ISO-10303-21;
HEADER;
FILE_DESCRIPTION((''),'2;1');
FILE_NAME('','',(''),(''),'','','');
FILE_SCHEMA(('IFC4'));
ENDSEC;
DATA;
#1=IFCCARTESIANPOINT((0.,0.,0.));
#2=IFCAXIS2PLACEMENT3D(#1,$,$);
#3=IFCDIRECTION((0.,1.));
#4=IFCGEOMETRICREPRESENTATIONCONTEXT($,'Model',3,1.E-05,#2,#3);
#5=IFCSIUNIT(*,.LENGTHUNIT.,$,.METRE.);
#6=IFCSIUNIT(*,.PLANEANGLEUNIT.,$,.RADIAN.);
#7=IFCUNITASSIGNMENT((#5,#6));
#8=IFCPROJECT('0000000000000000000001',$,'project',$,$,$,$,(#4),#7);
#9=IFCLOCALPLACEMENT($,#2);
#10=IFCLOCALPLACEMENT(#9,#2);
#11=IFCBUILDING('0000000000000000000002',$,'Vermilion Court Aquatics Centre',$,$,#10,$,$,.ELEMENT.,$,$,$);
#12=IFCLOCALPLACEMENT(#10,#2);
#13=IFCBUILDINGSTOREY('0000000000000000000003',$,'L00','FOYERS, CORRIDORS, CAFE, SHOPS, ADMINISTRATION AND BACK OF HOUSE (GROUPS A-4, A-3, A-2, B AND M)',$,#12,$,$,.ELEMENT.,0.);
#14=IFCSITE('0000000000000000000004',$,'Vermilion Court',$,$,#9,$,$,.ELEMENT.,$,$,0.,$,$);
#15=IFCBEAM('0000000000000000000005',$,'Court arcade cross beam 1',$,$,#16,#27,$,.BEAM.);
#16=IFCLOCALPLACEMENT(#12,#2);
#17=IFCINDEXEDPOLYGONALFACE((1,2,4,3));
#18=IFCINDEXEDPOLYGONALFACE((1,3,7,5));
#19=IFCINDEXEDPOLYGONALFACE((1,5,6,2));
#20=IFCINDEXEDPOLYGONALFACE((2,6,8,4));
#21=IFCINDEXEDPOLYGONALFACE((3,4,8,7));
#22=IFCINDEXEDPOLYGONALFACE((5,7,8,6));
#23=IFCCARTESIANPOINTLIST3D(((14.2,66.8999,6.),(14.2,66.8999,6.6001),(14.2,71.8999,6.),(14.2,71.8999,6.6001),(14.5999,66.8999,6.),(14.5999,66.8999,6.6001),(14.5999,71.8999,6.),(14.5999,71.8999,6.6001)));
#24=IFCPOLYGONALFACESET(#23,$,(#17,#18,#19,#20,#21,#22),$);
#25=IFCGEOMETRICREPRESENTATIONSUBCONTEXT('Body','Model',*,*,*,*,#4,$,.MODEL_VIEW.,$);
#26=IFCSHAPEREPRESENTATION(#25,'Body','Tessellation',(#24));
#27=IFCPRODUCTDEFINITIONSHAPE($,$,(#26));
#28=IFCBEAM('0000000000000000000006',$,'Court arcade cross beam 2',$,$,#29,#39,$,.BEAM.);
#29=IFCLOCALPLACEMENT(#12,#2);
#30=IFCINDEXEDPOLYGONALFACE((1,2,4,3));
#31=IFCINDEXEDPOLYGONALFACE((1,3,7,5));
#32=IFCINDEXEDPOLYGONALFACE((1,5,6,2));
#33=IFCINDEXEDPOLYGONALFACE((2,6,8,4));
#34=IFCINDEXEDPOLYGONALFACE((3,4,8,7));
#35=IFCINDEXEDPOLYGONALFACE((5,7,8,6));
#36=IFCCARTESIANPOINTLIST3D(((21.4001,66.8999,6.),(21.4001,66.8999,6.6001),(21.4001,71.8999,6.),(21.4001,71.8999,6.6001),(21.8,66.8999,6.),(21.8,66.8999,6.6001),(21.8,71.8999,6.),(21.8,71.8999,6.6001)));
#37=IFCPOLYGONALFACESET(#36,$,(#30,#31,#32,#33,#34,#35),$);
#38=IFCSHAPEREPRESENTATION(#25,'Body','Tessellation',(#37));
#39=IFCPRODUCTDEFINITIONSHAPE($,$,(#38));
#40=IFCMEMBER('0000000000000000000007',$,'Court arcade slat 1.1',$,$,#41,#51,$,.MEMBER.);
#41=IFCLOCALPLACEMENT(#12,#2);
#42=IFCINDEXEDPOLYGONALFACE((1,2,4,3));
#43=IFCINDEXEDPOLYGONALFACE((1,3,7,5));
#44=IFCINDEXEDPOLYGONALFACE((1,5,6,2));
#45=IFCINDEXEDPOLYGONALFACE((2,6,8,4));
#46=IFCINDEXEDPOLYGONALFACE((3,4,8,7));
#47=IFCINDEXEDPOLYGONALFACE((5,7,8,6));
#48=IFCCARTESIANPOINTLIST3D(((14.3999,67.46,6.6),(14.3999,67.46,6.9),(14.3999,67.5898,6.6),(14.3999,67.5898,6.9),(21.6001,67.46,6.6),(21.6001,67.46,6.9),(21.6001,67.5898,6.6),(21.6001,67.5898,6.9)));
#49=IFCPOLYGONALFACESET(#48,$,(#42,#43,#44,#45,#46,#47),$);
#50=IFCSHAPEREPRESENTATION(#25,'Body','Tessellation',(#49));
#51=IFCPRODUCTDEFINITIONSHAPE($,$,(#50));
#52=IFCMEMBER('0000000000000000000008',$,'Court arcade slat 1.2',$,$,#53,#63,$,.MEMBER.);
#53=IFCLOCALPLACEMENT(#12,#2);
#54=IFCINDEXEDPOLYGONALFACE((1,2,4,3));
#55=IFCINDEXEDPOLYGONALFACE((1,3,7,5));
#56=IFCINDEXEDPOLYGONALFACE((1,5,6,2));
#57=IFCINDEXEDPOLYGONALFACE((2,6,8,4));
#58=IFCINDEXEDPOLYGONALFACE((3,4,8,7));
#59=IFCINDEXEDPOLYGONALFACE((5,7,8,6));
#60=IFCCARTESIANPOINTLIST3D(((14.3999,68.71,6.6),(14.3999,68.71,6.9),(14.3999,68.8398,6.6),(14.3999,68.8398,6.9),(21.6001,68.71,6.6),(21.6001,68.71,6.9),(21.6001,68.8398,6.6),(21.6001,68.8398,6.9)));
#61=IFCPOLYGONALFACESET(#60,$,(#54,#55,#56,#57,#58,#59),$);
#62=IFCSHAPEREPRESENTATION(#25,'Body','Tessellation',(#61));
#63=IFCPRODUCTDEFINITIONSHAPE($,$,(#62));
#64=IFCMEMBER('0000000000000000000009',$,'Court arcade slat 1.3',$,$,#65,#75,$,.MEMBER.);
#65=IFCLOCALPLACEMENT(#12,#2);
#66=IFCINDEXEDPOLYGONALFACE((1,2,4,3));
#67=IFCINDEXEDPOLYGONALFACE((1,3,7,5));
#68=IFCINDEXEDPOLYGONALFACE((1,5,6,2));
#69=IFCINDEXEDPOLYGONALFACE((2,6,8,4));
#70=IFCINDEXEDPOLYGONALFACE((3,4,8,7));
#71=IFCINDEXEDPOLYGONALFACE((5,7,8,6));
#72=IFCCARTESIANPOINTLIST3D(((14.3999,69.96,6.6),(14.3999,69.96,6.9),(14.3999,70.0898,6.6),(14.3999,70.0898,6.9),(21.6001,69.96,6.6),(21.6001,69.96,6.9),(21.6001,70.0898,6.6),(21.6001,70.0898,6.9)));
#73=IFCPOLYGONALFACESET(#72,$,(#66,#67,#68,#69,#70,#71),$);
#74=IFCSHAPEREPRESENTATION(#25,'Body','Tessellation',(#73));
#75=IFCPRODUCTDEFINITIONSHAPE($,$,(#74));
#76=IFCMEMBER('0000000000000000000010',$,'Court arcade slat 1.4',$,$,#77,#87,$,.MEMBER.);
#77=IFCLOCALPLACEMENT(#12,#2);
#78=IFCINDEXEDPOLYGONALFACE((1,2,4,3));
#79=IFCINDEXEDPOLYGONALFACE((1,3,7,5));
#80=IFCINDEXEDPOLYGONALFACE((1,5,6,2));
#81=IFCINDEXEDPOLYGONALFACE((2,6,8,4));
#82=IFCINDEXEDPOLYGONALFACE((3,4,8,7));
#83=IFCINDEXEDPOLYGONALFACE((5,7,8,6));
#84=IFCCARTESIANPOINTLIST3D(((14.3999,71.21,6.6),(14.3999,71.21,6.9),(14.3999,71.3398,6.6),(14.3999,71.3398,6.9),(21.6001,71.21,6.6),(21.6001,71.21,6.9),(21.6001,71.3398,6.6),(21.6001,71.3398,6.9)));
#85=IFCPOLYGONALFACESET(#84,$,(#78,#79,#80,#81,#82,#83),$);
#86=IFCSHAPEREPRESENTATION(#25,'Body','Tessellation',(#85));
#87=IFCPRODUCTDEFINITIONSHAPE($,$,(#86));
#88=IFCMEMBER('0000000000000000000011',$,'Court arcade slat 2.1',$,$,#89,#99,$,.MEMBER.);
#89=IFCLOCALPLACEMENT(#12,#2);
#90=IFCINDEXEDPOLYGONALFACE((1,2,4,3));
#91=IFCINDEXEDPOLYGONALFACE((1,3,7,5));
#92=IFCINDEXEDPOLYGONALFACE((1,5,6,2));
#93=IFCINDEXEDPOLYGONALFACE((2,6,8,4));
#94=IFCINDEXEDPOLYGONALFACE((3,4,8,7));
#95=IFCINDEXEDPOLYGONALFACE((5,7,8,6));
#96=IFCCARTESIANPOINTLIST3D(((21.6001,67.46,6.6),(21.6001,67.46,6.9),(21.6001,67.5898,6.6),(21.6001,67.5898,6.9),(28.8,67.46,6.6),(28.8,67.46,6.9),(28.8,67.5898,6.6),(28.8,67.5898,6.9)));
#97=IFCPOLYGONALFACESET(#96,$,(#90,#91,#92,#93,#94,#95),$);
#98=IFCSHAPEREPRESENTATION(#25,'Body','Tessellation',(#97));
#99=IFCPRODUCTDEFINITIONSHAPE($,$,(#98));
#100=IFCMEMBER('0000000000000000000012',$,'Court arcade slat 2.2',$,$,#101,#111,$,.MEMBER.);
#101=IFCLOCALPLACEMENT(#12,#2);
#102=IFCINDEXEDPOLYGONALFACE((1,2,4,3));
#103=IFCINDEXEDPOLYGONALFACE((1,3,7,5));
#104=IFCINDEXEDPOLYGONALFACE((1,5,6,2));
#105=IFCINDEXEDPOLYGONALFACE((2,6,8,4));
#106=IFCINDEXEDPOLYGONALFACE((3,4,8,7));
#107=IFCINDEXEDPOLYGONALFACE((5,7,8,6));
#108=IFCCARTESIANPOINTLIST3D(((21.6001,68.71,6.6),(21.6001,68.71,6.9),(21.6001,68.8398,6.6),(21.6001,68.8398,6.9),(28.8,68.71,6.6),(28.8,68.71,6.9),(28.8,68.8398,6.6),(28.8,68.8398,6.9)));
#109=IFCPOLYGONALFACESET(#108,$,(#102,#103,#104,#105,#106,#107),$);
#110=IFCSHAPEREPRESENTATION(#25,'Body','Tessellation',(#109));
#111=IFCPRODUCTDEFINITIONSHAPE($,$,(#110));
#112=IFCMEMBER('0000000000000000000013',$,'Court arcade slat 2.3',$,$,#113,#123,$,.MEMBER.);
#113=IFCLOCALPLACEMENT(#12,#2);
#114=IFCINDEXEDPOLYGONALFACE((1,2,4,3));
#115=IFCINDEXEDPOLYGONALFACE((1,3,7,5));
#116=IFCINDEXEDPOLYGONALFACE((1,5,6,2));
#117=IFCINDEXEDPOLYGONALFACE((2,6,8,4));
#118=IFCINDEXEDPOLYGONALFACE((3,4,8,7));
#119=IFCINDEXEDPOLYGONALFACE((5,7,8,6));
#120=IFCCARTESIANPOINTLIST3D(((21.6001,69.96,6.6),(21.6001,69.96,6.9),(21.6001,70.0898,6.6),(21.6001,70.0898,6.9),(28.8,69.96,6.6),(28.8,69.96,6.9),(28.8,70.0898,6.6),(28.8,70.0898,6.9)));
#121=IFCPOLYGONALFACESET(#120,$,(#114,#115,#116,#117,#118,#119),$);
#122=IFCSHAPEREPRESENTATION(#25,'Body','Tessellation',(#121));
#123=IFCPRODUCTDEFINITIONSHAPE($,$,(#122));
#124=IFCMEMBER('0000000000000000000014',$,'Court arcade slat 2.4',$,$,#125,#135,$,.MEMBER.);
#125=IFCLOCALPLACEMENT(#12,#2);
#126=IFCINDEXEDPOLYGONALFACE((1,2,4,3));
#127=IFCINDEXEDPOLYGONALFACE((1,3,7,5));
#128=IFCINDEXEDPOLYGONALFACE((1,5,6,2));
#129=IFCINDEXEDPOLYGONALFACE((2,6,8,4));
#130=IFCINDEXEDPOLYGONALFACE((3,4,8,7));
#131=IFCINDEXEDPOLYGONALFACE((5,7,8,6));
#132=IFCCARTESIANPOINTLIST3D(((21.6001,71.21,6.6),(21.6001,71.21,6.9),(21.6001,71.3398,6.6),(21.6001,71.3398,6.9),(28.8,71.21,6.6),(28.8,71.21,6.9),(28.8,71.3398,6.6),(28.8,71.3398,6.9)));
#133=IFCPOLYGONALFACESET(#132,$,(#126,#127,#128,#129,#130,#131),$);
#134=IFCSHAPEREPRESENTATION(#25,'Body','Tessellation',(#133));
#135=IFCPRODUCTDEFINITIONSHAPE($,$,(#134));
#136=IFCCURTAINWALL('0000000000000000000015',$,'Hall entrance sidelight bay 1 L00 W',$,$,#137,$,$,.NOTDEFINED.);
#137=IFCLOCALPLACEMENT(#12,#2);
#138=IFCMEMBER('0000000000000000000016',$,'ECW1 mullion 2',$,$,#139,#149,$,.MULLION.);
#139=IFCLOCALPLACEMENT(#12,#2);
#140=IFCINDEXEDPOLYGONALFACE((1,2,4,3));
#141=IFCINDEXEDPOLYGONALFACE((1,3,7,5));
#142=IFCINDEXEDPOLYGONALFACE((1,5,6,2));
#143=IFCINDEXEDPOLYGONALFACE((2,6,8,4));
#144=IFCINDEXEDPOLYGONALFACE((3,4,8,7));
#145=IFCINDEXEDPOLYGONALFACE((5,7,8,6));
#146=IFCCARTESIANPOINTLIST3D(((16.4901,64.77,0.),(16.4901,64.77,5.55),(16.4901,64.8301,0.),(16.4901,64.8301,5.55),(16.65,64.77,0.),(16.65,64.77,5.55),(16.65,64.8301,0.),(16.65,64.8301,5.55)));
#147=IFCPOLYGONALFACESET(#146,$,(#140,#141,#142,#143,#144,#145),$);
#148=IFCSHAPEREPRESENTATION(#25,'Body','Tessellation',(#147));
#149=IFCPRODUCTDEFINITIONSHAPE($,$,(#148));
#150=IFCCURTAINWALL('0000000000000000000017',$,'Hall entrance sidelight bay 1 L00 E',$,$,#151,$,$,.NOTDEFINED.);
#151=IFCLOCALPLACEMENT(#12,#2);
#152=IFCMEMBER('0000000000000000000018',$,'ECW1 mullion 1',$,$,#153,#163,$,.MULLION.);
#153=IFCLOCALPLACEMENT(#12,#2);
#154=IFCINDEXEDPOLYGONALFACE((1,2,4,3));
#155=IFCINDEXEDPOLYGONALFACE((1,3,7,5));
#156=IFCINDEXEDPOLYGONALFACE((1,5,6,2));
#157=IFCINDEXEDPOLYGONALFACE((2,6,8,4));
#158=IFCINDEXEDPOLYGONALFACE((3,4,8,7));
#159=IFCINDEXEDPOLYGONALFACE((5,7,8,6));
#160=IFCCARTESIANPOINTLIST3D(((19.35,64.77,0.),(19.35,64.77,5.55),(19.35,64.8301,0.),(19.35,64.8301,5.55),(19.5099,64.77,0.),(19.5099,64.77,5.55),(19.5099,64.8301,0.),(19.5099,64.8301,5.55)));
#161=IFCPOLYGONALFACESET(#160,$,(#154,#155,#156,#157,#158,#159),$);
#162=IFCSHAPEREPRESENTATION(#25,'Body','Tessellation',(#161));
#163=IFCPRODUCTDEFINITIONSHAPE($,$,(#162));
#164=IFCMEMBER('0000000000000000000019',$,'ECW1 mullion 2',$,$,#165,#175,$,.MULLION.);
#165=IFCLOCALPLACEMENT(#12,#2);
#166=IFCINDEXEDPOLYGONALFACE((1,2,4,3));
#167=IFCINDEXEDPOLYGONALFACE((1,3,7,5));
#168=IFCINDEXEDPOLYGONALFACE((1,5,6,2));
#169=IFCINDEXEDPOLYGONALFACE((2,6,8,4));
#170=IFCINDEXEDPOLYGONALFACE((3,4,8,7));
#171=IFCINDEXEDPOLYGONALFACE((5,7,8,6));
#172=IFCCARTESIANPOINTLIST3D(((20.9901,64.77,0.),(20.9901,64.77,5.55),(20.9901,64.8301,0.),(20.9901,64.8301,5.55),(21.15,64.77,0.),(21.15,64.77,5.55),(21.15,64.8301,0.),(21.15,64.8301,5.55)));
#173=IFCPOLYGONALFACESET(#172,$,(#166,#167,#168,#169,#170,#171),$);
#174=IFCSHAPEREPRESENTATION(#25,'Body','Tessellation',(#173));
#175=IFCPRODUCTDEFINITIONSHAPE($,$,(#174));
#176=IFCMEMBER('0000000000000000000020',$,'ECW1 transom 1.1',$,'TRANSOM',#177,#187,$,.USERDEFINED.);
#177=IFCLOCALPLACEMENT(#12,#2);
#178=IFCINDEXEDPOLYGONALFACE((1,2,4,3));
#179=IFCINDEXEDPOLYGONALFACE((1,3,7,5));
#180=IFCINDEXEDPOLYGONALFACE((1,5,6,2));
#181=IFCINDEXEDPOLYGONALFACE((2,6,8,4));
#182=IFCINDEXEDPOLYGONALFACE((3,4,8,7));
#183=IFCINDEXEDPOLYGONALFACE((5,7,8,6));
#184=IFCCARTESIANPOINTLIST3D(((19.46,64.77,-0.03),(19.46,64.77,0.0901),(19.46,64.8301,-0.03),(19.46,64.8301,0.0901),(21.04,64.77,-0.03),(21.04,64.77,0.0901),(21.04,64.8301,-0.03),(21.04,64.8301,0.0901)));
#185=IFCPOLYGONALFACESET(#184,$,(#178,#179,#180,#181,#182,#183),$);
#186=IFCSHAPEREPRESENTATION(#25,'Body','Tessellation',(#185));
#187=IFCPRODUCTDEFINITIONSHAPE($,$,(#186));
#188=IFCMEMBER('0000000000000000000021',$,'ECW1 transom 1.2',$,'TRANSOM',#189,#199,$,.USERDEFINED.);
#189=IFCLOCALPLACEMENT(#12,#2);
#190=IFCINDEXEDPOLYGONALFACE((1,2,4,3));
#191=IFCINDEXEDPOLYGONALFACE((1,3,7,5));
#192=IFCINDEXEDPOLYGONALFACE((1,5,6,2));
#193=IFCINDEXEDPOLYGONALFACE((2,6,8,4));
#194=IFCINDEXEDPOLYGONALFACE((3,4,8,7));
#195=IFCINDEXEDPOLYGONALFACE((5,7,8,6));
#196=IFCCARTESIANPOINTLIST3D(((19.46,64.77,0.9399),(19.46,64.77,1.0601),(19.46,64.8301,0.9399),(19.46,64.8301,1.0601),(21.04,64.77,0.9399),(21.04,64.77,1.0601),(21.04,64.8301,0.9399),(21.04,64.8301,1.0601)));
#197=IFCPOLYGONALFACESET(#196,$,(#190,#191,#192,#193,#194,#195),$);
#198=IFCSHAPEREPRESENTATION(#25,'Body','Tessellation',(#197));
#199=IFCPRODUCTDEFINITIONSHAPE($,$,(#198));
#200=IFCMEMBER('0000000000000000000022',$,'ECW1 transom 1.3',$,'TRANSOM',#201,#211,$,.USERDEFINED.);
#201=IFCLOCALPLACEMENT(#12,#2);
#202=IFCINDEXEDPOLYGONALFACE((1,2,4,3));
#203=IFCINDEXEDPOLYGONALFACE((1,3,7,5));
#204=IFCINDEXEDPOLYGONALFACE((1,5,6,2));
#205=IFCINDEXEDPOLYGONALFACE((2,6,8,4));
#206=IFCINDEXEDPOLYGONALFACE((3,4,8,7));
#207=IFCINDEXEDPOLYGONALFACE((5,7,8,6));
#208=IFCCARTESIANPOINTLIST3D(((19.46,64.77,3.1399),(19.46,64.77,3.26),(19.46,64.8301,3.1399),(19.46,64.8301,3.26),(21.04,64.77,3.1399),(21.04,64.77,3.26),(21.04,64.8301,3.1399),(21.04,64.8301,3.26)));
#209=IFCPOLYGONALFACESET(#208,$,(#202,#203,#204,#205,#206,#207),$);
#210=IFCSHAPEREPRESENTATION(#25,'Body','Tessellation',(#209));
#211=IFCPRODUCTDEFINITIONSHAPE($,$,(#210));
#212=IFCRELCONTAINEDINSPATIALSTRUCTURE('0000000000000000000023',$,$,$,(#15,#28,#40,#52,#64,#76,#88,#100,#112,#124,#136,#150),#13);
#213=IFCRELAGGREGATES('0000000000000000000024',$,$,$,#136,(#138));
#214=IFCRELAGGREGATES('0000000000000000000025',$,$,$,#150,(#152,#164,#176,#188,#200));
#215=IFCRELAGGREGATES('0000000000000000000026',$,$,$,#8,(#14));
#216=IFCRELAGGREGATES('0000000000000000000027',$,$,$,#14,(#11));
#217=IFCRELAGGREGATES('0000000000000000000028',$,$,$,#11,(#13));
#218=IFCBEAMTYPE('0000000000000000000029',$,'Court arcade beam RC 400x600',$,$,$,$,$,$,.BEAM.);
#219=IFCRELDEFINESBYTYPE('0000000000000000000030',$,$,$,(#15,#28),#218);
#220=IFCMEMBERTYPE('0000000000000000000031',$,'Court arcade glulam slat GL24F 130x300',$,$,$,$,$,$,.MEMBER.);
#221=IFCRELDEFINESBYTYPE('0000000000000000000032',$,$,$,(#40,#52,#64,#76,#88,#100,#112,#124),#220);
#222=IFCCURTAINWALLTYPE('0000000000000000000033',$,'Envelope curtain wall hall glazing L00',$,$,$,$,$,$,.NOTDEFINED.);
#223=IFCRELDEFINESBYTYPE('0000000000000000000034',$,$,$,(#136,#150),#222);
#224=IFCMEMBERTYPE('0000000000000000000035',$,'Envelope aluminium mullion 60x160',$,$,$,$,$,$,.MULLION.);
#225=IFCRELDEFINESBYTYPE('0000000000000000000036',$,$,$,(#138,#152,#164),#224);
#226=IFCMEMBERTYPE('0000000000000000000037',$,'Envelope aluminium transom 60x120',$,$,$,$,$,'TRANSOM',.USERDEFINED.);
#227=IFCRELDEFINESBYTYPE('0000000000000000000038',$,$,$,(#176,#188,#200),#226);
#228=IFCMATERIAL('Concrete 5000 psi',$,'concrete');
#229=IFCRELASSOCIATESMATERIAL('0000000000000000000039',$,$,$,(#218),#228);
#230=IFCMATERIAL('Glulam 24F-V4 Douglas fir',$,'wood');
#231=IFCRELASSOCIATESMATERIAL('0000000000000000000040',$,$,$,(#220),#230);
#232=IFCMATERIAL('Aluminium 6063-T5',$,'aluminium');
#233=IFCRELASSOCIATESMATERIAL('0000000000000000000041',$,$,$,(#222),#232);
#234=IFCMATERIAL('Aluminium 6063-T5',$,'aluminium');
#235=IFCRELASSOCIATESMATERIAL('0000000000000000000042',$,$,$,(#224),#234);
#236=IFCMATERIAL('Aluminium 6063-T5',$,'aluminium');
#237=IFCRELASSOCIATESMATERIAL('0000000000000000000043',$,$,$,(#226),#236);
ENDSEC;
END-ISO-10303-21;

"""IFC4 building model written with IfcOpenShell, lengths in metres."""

from ifc_helpers import new_model, si_unit, direction, frame, origin, origin_2d, place, context, subcontext, project, spatial, rectangle, extrude, material, material_profile, profile_set, type_object, element, aggregate, save


model = new_model("IFC4")

# Units and contexts
model_context = context("Model", 3, precision=1e-05, world=origin(), true_north=direction((0.0, 1.0)))
body_context = subcontext(model_context, "Body", "Model", "MODEL_VIEW")
ifc_project = project(units=[si_unit("LENGTHUNIT", "METRE"), si_unit("PLANEANGLEUNIT", "RADIAN")], contexts=[model_context])

# Site, building, storey
site_placement = place(None, origin())
site = spatial("IfcSite", under=ifc_project, at=site_placement, Name="Vermilion Court", CompositionType="ELEMENT", RefElevation=0.0)
building_placement = place(site_placement, origin())
building = spatial("IfcBuilding", under=site, at=building_placement, Name="Vermilion Court Aquatics Centre", CompositionType="ELEMENT")
storey_placement = place(building_placement, origin())
storey = spatial("IfcBuildingStorey", under=building, at=storey_placement, Name="L00", Description="FOYERS, CORRIDORS, CAFE, SHOPS, ADMINISTRATION AND BACK OF HOUSE (GROUPS A-4, A-3, A-2, B AND M)", CompositionType="ELEMENT", Elevation=0.0)

# Beams
ifc_material_1 = material(Name="Concrete 5000 psi", Category="concrete")
ifc_material_profile_1 = material_profile(ifc_material_1, rectangle(XDim=0.3999, YDim=0.6001, at=origin_2d()), Name="RC 400x600")
ifc_profile_set_1 = profile_set([ifc_material_profile_1], Name="Concrete 5000 psi")
beam_type = type_object("IfcBeamType", Name="Court arcade beam RC 400x600", PredefinedType="BEAM", material=ifc_profile_set_1)
for number, where, z_axis, x_axis, name in (
    (1, (14.3999, 66.8999, 6.3), (0.0, 1.0, 0.0), (-1.0, 0.0, 0.0), "Court arcade cross beam 1"),
    (2, (21.6001, 66.8999, 6.3), (0.0, 1.0, 0.0), (-1.0, 0.0, 0.0), "Court arcade cross beam 2"),
):
    element("IfcBeam", number, at=place(storey_placement, frame(where, z_axis=z_axis, x_axis=x_axis)), inside=storey, type_object=beam_type, Name=name, PredefinedType="BEAM", context=body_context, shape_type="SweptSolid", body=[
        extrude(rectangle(XDim=0.3999, YDim=0.6001, at=origin_2d()), origin(), (0.0, 0.0, 1.0), 5.0),
    ])

# Members
ifc_material_2 = material(Name="Glulam 24F-V4 Douglas fir", Category="wood")
ifc_material_profile_2 = material_profile(ifc_material_2, rectangle(XDim=0.1299, YDim=0.3, at=origin_2d()), Name="GL24F 130x300")
ifc_profile_set_2 = profile_set([ifc_material_profile_2], Name="Glulam 24F-V4 Douglas fir")
member_type_1 = type_object("IfcMemberType", Name="Court arcade glulam slat GL24F 130x300", PredefinedType="MEMBER", material=ifc_profile_set_2)
for number, where, z_axis, x_axis, name in (
    (3, (14.3999, 67.5249, 6.75), (1.0, 0.0, 0.0), (0.0, 1.0, 0.0), "Court arcade slat 1.1"),
    (4, (14.3999, 68.7749, 6.75), (1.0, 0.0, 0.0), (0.0, 1.0, 0.0), "Court arcade slat 1.2"),
    (5, (14.3999, 70.0249, 6.75), (1.0, 0.0, 0.0), (0.0, 1.0, 0.0), "Court arcade slat 1.3"),
    (6, (14.3999, 71.2749, 6.75), (1.0, 0.0, 0.0), (0.0, 1.0, 0.0), "Court arcade slat 1.4"),
):
    element("IfcMember", number, at=place(storey_placement, frame(where, z_axis=z_axis, x_axis=x_axis)), inside=storey, type_object=member_type_1, Name=name, PredefinedType="MEMBER", context=body_context, shape_type="SweptSolid", body=[
        extrude(rectangle(XDim=0.1299, YDim=0.3, at=origin_2d()), origin(), (0.0, 0.0, 1.0), 7.2002),
    ])
for number, where, z_axis, x_axis, name in (
    (7, (21.6001, 67.5249, 6.75), (1.0, 0.0, 0.0), (0.0, 1.0, 0.0), "Court arcade slat 2.1"),
    (8, (21.6001, 68.7749, 6.75), (1.0, 0.0, 0.0), (0.0, 1.0, 0.0), "Court arcade slat 2.2"),
    (9, (21.6001, 70.0249, 6.75), (1.0, 0.0, 0.0), (0.0, 1.0, 0.0), "Court arcade slat 2.3"),
    (10, (21.6001, 71.2749, 6.75), (1.0, 0.0, 0.0), (0.0, 1.0, 0.0), "Court arcade slat 2.4"),
):
    element("IfcMember", number, at=place(storey_placement, frame(where, z_axis=z_axis, x_axis=x_axis)), inside=storey, type_object=member_type_1, Name=name, PredefinedType="MEMBER", context=body_context, shape_type="SweptSolid", body=[
        extrude(rectangle(XDim=0.1299, YDim=0.3, at=origin_2d()), origin(), (0.0, 0.0, 1.0), 7.2),
    ])

# Curtain wall, member
ifc_material_3 = material(Name="Aluminium 6063-T5", Category="aluminium")
curtain_wall_type = type_object("IfcCurtainWallType", Name="Envelope curtain wall hall glazing L00", PredefinedType="NOTDEFINED", material=ifc_material_3)
curtain_wall_1_placement = place(storey_placement, origin())
curtain_wall_1 = element("IfcCurtainWall", 11, at=curtain_wall_1_placement, inside=storey, type_object=curtain_wall_type, Name="Hall entrance sidelight bay 1 L00 W", PredefinedType="NOTDEFINED")
ifc_material_4 = material(Name="Aluminium 6063-T5", Category="aluminium")
ifc_material_profile_3 = material_profile(ifc_material_4, rectangle(XDim=0.0601, YDim=0.1599, at=origin_2d()), Name="AL 60x160")
ifc_profile_set_3 = profile_set([ifc_material_profile_3], Name="Aluminium 6063-T5")
member_type_2 = type_object("IfcMemberType", Name="Envelope aluminium mullion 60x160", PredefinedType="MULLION", material=ifc_profile_set_3)
member_1_placement = place(storey_placement, frame((16.5701, 64.8, 0.0), z_axis=(0.0, 0.0, 1.0), x_axis=(0.0, 1.0, 0.0)))
member_1 = element("IfcMember", 12, at=member_1_placement, type_object=member_type_2, Name="ECW1 mullion 2", PredefinedType="MULLION", context=body_context, shape_type="SweptSolid", body=[
    extrude(rectangle(XDim=0.0601, YDim=0.1599, at=origin_2d()), origin(), (0.0, 0.0, 1.0), 5.55),
])
aggregate(curtain_wall_1, [member_1])

# Curtain wall, members
curtain_wall_2_placement = place(storey_placement, origin())
curtain_wall_2 = element("IfcCurtainWall", 13, at=curtain_wall_2_placement, inside=storey, type_object=curtain_wall_type, Name="Hall entrance sidelight bay 1 L00 E", PredefinedType="NOTDEFINED")
member_2_placement = place(storey_placement, frame((19.4299, 64.8, 0.0), z_axis=(0.0, 0.0, 1.0), x_axis=(0.0, 1.0, 0.0)))
member_2 = element("IfcMember", 14, at=member_2_placement, type_object=member_type_2, Name="ECW1 mullion 1", PredefinedType="MULLION", context=body_context, shape_type="SweptSolid", body=[
    extrude(rectangle(XDim=0.0601, YDim=0.1599, at=origin_2d()), origin(), (0.0, 0.0, 1.0), 5.55),
])
member_3_placement = place(storey_placement, frame((21.0701, 64.8, 0.0), z_axis=(0.0, 0.0, 1.0), x_axis=(0.0, 1.0, 0.0)))
member_3 = element("IfcMember", 15, at=member_3_placement, type_object=member_type_2, Name="ECW1 mullion 2", PredefinedType="MULLION", context=body_context, shape_type="SweptSolid", body=[
    extrude(rectangle(XDim=0.0601, YDim=0.1599, at=origin_2d()), origin(), (0.0, 0.0, 1.0), 5.55),
])
ifc_material_5 = material(Name="Aluminium 6063-T5", Category="aluminium")
ifc_material_profile_4 = material_profile(ifc_material_5, rectangle(XDim=0.0601, YDim=0.1201, at=origin_2d()), Name="AL 60x120")
ifc_profile_set_4 = profile_set([ifc_material_profile_4], Name="Aluminium 6063-T5")
member_type_3 = type_object("IfcMemberType", Name="Envelope aluminium transom 60x120", ElementType="TRANSOM", PredefinedType="USERDEFINED", material=ifc_profile_set_4)
member_4_placement = place(storey_placement, frame((19.46, 64.8, 0.03), z_axis=(1.0, 0.0, 0.0), x_axis=(0.0, 1.0, 0.0)))
member_4 = element("IfcMember", 16, at=member_4_placement, type_object=member_type_3, Name="ECW1 transom 1.1", ObjectType="TRANSOM", PredefinedType="USERDEFINED", context=body_context, shape_type="SweptSolid", body=[
    extrude(rectangle(XDim=0.0601, YDim=0.1201, at=origin_2d()), origin(), (0.0, 0.0, 1.0), 1.5801),
])
member_5_placement = place(storey_placement, frame((19.46, 64.8, 1.0), z_axis=(1.0, 0.0, 0.0), x_axis=(0.0, 1.0, 0.0)))
member_5 = element("IfcMember", 17, at=member_5_placement, type_object=member_type_3, Name="ECW1 transom 1.2", ObjectType="TRANSOM", PredefinedType="USERDEFINED", context=body_context, shape_type="SweptSolid", body=[
    extrude(rectangle(XDim=0.0601, YDim=0.1201, at=origin_2d()), origin(), (0.0, 0.0, 1.0), 1.5801),
])
member_6_placement = place(storey_placement, frame((19.46, 64.8, 3.2), z_axis=(1.0, 0.0, 0.0), x_axis=(0.0, 1.0, 0.0)))
member_6 = element("IfcMember", 18, at=member_6_placement, type_object=member_type_3, Name="ECW1 transom 1.3", ObjectType="TRANSOM", PredefinedType="USERDEFINED", context=body_context, shape_type="SweptSolid", body=[
    extrude(rectangle(XDim=0.0601, YDim=0.1201, at=origin_2d()), origin(), (0.0, 0.0, 1.0), 1.5801),
])
aggregate(curtain_wall_2, [member_2, member_3, member_4, member_5, member_6])

save(model, "model.ifc")
